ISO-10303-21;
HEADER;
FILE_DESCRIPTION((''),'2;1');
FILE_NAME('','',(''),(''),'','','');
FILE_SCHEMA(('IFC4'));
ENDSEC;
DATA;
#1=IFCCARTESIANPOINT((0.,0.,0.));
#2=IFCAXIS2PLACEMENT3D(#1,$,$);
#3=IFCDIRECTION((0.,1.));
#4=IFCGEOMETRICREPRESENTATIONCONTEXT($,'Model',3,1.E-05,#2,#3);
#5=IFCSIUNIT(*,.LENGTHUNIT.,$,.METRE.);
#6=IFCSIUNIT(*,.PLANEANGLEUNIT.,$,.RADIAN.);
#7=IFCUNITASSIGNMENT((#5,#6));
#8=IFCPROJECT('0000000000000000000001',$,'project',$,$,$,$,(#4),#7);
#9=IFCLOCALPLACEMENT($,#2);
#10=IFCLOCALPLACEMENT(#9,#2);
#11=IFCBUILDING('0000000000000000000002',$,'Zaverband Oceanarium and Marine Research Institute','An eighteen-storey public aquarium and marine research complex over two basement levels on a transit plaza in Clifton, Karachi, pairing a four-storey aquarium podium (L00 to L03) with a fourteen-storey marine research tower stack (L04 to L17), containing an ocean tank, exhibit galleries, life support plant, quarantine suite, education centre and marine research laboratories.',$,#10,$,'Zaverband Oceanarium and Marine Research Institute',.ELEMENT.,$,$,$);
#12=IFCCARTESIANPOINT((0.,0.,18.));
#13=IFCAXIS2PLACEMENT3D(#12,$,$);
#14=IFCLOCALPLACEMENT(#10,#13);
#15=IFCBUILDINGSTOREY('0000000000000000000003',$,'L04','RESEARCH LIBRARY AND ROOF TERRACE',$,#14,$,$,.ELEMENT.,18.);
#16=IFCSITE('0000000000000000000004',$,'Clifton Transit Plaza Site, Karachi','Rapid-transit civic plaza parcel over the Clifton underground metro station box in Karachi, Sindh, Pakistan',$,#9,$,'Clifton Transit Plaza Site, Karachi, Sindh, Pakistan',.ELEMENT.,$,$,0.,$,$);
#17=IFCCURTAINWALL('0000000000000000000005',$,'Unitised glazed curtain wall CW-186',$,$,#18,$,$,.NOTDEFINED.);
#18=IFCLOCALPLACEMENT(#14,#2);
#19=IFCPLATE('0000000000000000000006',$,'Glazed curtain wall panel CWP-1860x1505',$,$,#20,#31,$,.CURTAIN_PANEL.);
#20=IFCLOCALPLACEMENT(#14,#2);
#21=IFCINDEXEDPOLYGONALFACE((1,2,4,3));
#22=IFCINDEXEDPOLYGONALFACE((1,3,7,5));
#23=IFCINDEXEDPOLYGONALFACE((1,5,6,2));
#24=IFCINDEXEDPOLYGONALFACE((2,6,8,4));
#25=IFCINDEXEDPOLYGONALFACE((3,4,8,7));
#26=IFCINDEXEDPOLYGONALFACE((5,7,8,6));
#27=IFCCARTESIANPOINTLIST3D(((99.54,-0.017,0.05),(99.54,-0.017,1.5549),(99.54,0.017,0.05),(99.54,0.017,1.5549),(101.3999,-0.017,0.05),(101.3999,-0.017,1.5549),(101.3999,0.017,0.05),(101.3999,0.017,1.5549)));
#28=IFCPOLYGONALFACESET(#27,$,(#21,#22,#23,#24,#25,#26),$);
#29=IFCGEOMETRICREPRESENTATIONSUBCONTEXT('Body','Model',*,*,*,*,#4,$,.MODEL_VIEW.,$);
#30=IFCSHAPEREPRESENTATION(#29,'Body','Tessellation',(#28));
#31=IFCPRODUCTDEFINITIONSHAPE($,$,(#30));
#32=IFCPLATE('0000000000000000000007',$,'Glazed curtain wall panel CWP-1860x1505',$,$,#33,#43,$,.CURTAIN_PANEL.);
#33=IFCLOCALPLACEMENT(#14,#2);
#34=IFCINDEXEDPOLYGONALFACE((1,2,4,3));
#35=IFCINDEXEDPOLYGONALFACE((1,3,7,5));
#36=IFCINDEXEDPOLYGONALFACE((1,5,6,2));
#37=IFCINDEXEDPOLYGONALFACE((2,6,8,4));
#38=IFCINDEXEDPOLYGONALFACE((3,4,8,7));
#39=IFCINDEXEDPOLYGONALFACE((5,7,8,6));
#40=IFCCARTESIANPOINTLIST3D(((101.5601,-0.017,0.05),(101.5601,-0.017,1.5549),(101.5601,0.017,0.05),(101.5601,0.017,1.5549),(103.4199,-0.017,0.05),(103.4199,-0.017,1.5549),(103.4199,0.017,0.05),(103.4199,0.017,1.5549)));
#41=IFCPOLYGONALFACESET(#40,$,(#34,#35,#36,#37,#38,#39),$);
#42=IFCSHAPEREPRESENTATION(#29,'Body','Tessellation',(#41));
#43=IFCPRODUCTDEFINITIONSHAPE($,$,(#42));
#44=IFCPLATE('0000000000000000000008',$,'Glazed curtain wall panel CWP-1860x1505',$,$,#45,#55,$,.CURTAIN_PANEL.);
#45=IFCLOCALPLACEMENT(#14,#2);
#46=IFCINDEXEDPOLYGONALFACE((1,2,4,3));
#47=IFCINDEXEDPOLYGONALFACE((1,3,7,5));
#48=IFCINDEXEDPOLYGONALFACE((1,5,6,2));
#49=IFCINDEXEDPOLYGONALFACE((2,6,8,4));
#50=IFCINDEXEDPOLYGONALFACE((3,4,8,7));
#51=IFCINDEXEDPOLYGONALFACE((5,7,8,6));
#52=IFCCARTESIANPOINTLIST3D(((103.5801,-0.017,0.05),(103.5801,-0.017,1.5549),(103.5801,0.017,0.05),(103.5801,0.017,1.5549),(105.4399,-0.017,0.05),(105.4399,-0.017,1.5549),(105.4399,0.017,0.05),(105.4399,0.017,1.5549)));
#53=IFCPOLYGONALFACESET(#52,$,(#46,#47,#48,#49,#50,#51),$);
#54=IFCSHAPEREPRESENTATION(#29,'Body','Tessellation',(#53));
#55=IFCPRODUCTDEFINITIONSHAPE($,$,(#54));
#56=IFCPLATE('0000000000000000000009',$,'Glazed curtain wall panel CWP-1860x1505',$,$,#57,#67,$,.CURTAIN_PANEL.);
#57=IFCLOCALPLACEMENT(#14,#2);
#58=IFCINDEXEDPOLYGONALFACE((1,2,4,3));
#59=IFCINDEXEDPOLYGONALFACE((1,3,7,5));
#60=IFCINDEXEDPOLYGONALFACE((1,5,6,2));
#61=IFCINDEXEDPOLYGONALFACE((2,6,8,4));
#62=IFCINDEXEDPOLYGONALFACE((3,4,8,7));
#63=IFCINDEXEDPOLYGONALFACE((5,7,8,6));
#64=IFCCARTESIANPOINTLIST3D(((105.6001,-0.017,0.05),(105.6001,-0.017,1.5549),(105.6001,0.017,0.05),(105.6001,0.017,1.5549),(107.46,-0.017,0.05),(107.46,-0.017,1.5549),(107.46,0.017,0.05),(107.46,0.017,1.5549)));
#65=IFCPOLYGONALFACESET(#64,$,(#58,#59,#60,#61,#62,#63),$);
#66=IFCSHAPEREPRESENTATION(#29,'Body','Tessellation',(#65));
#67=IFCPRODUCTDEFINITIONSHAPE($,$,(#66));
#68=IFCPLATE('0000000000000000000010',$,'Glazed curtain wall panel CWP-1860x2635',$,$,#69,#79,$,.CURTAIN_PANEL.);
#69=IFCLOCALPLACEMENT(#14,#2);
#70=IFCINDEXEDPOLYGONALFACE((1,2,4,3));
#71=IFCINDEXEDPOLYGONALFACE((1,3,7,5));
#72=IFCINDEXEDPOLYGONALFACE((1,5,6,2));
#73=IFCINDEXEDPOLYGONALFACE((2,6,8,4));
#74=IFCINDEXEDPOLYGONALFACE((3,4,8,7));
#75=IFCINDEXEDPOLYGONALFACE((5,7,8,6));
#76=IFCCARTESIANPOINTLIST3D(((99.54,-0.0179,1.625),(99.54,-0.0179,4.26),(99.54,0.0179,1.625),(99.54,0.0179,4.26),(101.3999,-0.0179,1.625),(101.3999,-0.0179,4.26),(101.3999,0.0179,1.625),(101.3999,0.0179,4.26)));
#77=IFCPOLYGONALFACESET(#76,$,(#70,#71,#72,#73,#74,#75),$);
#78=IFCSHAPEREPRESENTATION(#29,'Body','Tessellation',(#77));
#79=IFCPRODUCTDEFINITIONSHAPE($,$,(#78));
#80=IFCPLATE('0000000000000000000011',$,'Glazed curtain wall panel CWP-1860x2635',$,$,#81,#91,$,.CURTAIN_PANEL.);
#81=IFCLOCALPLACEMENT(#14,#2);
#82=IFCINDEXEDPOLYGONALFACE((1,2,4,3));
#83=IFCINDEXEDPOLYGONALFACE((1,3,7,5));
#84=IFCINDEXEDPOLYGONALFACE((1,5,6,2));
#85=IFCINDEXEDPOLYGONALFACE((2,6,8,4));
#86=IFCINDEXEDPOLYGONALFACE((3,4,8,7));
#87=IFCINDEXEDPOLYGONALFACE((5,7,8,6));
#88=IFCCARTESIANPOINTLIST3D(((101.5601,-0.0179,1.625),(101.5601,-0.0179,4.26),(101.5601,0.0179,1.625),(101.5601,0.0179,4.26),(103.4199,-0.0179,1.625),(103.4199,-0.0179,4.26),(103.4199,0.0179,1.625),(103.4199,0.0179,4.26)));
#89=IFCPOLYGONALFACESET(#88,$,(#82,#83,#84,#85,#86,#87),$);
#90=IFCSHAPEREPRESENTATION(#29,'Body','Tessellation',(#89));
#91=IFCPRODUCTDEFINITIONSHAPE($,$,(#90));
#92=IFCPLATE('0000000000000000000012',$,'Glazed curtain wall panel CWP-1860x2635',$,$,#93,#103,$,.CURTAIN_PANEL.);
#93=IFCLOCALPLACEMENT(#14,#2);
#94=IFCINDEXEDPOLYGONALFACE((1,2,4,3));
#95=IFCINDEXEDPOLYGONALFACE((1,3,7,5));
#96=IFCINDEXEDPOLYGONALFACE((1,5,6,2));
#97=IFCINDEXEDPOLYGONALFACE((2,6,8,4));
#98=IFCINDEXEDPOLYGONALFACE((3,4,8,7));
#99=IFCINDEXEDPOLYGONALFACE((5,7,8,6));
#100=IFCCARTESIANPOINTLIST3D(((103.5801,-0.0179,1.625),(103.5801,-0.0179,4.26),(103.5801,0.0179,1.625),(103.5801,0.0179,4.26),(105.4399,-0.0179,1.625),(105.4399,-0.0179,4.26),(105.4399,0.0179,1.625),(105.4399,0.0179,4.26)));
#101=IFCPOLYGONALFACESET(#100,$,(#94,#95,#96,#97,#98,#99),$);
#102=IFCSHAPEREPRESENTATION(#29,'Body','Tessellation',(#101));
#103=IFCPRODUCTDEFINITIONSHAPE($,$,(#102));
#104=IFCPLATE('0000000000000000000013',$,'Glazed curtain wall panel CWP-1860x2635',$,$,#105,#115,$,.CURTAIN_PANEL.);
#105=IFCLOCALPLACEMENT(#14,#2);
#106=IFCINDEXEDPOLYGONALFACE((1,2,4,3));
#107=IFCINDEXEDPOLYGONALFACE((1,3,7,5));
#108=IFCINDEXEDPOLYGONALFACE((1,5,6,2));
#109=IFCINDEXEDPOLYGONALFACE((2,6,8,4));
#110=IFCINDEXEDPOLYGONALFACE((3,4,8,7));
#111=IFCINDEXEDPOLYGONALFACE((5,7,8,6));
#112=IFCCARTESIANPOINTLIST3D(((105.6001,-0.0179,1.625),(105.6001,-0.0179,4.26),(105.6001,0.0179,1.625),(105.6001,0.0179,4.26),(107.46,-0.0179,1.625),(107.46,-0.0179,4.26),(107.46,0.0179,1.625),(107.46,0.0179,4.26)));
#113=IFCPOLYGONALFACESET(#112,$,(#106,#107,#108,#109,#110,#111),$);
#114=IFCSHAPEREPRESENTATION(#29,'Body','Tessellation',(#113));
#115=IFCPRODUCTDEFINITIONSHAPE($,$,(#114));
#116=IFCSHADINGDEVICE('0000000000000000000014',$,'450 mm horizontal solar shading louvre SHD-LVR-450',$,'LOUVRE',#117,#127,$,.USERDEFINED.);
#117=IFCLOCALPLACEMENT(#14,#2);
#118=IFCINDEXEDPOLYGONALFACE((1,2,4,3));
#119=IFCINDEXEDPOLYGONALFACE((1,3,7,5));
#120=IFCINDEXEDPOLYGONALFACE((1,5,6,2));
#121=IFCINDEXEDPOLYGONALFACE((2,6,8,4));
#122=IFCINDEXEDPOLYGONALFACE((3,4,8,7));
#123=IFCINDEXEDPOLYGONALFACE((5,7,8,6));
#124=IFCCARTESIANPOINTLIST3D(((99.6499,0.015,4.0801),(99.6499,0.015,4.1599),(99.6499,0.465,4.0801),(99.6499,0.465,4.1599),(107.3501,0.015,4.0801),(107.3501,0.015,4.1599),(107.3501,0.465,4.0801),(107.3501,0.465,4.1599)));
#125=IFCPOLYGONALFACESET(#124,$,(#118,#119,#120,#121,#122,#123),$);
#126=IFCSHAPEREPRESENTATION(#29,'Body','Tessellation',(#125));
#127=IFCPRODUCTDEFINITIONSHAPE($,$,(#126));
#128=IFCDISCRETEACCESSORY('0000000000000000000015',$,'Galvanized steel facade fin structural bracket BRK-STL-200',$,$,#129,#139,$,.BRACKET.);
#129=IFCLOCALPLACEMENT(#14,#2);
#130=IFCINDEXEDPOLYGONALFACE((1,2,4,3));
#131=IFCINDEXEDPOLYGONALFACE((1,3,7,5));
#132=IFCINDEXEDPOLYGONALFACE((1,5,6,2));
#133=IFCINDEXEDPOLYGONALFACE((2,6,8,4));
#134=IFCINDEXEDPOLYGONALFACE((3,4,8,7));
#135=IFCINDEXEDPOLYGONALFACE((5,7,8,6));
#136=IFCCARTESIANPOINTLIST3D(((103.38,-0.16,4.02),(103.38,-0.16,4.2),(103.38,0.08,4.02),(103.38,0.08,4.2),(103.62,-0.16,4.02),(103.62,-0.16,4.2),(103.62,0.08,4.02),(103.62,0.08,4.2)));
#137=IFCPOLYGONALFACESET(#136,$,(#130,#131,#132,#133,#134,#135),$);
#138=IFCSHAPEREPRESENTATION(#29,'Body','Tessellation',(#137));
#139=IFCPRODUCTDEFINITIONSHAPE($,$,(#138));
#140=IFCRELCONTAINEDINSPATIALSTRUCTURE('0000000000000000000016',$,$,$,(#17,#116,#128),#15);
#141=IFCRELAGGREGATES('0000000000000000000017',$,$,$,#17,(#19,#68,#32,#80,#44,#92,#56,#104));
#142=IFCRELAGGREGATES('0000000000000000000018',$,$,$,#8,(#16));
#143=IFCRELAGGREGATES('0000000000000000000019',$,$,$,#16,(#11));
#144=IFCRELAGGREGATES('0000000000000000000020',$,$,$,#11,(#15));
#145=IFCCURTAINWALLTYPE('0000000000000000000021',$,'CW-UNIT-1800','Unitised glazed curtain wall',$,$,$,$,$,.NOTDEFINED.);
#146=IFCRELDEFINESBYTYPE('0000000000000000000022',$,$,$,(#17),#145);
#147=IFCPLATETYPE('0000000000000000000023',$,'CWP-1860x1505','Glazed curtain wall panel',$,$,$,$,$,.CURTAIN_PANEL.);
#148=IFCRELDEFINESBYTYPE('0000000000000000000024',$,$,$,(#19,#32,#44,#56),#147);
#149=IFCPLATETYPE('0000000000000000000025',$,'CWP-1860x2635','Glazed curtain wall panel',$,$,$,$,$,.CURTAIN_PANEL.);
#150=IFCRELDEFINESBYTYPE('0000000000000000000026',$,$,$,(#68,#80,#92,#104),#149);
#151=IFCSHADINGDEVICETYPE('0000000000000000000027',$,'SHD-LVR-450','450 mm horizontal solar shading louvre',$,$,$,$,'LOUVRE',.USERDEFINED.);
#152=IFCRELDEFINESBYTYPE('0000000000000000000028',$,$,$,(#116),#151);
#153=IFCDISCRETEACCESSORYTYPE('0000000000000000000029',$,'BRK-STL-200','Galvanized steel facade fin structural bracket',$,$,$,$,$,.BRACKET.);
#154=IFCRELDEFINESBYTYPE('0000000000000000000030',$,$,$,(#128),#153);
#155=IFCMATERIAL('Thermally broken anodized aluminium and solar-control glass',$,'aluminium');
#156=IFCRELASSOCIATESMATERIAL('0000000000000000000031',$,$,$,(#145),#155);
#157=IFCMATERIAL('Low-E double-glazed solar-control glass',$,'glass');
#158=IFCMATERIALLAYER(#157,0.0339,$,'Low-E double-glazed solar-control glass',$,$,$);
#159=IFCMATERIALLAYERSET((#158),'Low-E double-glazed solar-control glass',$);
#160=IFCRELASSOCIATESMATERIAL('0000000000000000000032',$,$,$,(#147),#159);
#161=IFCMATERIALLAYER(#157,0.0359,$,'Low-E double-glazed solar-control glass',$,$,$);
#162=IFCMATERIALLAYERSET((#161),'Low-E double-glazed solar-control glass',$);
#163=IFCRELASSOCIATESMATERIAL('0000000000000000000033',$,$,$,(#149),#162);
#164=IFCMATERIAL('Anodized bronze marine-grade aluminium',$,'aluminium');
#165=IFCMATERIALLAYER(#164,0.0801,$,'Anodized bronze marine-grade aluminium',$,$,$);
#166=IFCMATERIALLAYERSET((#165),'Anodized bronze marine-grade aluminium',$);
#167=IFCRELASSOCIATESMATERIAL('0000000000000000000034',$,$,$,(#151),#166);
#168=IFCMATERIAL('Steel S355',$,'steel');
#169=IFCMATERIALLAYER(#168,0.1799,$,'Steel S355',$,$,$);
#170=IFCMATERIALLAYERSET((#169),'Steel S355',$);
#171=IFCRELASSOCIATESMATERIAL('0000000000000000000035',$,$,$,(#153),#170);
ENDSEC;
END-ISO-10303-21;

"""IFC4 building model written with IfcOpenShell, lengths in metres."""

from ifc_helpers import new_model, si_unit, direction, frame, frame_2d, origin, origin_2d, place, context, subcontext, project, spatial, rectangle, extrude, material, layer, layer_set, type_object, element, aggregate, save


model = new_model("IFC4")

# Units and contexts
model_context = context("Model", 3, precision=1e-05, world=origin(), true_north=direction((0.0, 1.0)))
body_context = subcontext(model_context, "Body", "Model", "MODEL_VIEW")
ifc_project = project(units=[si_unit("LENGTHUNIT", "METRE"), si_unit("PLANEANGLEUNIT", "RADIAN")], contexts=[model_context])

# Site, building, storey
site_placement = place(None, origin())
site = spatial("IfcSite", under=ifc_project, at=site_placement, Name="Clifton Transit Plaza Site, Karachi", Description="Rapid-transit civic plaza parcel over the Clifton underground metro station box in Karachi, Sindh, Pakistan", LongName="Clifton Transit Plaza Site, Karachi, Sindh, Pakistan", CompositionType="ELEMENT", RefElevation=0.0)
building_placement = place(site_placement, origin())
building = spatial("IfcBuilding", under=site, at=building_placement, Name="Zaverband Oceanarium and Marine Research Institute", Description="An eighteen-storey public aquarium and marine research complex over two basement levels on a transit plaza in Clifton, Karachi, pairing a four-storey aquarium podium (L00 to L03) with a fourteen-storey marine research tower stack (L04 to L17), containing an ocean tank, exhibit galleries, life support plant, quarantine suite, education centre and marine research laboratories.", LongName="Zaverband Oceanarium and Marine Research Institute", CompositionType="ELEMENT")
storey_placement = place(building_placement, frame((0.0, 0.0, 18.0)))
storey = spatial("IfcBuildingStorey", under=building, at=storey_placement, Name="L04", Description="RESEARCH LIBRARY AND ROOF TERRACE", CompositionType="ELEMENT", Elevation=18.0)

# Curtain wall
ifc_material_1 = material(Name="Thermally broken anodized aluminium and solar-control glass", Category="aluminium")
curtain_wall_type = type_object("IfcCurtainWallType", Name="CW-UNIT-1800", Description="Unitised glazed curtain wall", PredefinedType="NOTDEFINED", material=ifc_material_1)
curtain_wall_1_placement = place(storey_placement, origin())
curtain_wall_1 = element("IfcCurtainWall", 1, at=curtain_wall_1_placement, inside=storey, type_object=curtain_wall_type, Name="Unitised glazed curtain wall CW-186", PredefinedType="NOTDEFINED")

# Shared definitions
ifc_material_2 = material(Name="Steel S355", Category="steel")

# Plates
ifc_material_3 = material(Name="Low-E double-glazed solar-control glass", Category="glass")
ifc_layer_1 = layer(ifc_material_3, 0.0339, Name="Low-E double-glazed solar-control glass")
ifc_layer_set_1 = layer_set([ifc_layer_1], Name="Low-E double-glazed solar-control glass")
plate_type_1 = type_object("IfcPlateType", Name="CWP-1860x1505", Description="Glazed curtain wall panel", PredefinedType="CURTAIN_PANEL", material=ifc_layer_set_1)
plate_1_placement = place(storey_placement, frame((99.54, 0.0, 0.05), z_axis=(0.0, 0.0, 1.0), x_axis=(1.0, 0.0, 0.0)))
plate_1 = element("IfcPlate", 2, at=plate_1_placement, type_object=plate_type_1, Name="Glazed curtain wall panel CWP-1860x1505", PredefinedType="CURTAIN_PANEL", context=body_context, shape_type="SweptSolid", body=[
    extrude(rectangle(XDim=1.8599, YDim=0.0339, at=frame_2d((0.9299, 0.0))), origin(), (0.0, 0.0, 1.0), 1.5049),
])
plate_2_placement = place(storey_placement, frame((101.5601, 0.0, 0.05), z_axis=(0.0, 0.0, 1.0), x_axis=(1.0, 0.0, 0.0)))
plate_2 = element("IfcPlate", 3, at=plate_2_placement, type_object=plate_type_1, Name="Glazed curtain wall panel CWP-1860x1505", PredefinedType="CURTAIN_PANEL", context=body_context, shape_type="SweptSolid", body=[
    extrude(rectangle(XDim=1.8599, YDim=0.0339, at=frame_2d((0.9299, 0.0))), origin(), (0.0, 0.0, 1.0), 1.5049),
])
plate_3_placement = place(storey_placement, frame((103.5801, 0.0, 0.05), z_axis=(0.0, 0.0, 1.0), x_axis=(1.0, 0.0, 0.0)))
plate_3 = element("IfcPlate", 4, at=plate_3_placement, type_object=plate_type_1, Name="Glazed curtain wall panel CWP-1860x1505", PredefinedType="CURTAIN_PANEL", context=body_context, shape_type="SweptSolid", body=[
    extrude(rectangle(XDim=1.8599, YDim=0.0339, at=frame_2d((0.9299, 0.0))), origin(), (0.0, 0.0, 1.0), 1.5049),
])
plate_4_placement = place(storey_placement, frame((105.6001, 0.0, 0.05), z_axis=(0.0, 0.0, 1.0), x_axis=(1.0, 0.0, 0.0)))
plate_4 = element("IfcPlate", 5, at=plate_4_placement, type_object=plate_type_1, Name="Glazed curtain wall panel CWP-1860x1505", PredefinedType="CURTAIN_PANEL", context=body_context, shape_type="SweptSolid", body=[
    extrude(rectangle(XDim=1.8599, YDim=0.0339, at=frame_2d((0.9299, 0.0))), origin(), (0.0, 0.0, 1.0), 1.5049),
])
ifc_layer_2 = layer(ifc_material_3, 0.0359, Name="Low-E double-glazed solar-control glass")
ifc_layer_set_2 = layer_set([ifc_layer_2], Name="Low-E double-glazed solar-control glass")
plate_type_2 = type_object("IfcPlateType", Name="CWP-1860x2635", Description="Glazed curtain wall panel", PredefinedType="CURTAIN_PANEL", material=ifc_layer_set_2)
plate_5_placement = place(storey_placement, frame((99.54, 0.0, 1.625), z_axis=(0.0, 0.0, 1.0), x_axis=(1.0, 0.0, 0.0)))
plate_5 = element("IfcPlate", 6, at=plate_5_placement, type_object=plate_type_2, Name="Glazed curtain wall panel CWP-1860x2635", PredefinedType="CURTAIN_PANEL", context=body_context, shape_type="SweptSolid", body=[
    extrude(rectangle(XDim=1.8599, YDim=0.0359, at=frame_2d((0.9299, 0.0))), origin(), (0.0, 0.0, 1.0), 2.635),
])
plate_6_placement = place(storey_placement, frame((101.5601, 0.0, 1.625), z_axis=(0.0, 0.0, 1.0), x_axis=(1.0, 0.0, 0.0)))
plate_6 = element("IfcPlate", 7, at=plate_6_placement, type_object=plate_type_2, Name="Glazed curtain wall panel CWP-1860x2635", PredefinedType="CURTAIN_PANEL", context=body_context, shape_type="SweptSolid", body=[
    extrude(rectangle(XDim=1.8599, YDim=0.0359, at=frame_2d((0.9299, 0.0))), origin(), (0.0, 0.0, 1.0), 2.635),
])
plate_7_placement = place(storey_placement, frame((103.5801, 0.0, 1.625), z_axis=(0.0, 0.0, 1.0), x_axis=(1.0, 0.0, 0.0)))
plate_7 = element("IfcPlate", 8, at=plate_7_placement, type_object=plate_type_2, Name="Glazed curtain wall panel CWP-1860x2635", PredefinedType="CURTAIN_PANEL", context=body_context, shape_type="SweptSolid", body=[
    extrude(rectangle(XDim=1.8599, YDim=0.0359, at=frame_2d((0.9299, 0.0))), origin(), (0.0, 0.0, 1.0), 2.635),
])
plate_8_placement = place(storey_placement, frame((105.6001, 0.0, 1.625), z_axis=(0.0, 0.0, 1.0), x_axis=(1.0, 0.0, 0.0)))
plate_8 = element("IfcPlate", 9, at=plate_8_placement, type_object=plate_type_2, Name="Glazed curtain wall panel CWP-1860x2635", PredefinedType="CURTAIN_PANEL", context=body_context, shape_type="SweptSolid", body=[
    extrude(rectangle(XDim=1.8599, YDim=0.0359, at=frame_2d((0.9299, 0.0))), origin(), (0.0, 0.0, 1.0), 2.635),
])
aggregate(curtain_wall_1, [plate_1, plate_5, plate_2, plate_6, plate_3, plate_7, plate_4, plate_8])

# Shading device
ifc_material_4 = material(Name="Anodized bronze marine-grade aluminium", Category="aluminium")
ifc_layer_3 = layer(ifc_material_4, 0.0801, Name="Anodized bronze marine-grade aluminium")
ifc_layer_set_3 = layer_set([ifc_layer_3], Name="Anodized bronze marine-grade aluminium")
shading_device_type = type_object("IfcShadingDeviceType", Name="SHD-LVR-450", Description="450 mm horizontal solar shading louvre", ElementType="LOUVRE", PredefinedType="USERDEFINED", material=ifc_layer_set_3)
shading_device_placement = place(storey_placement, frame((99.6499, 0.24, 4.0801), z_axis=(0.0, 0.0, 1.0), x_axis=(1.0, 0.0, 0.0)))
element("IfcShadingDevice", 10, at=shading_device_placement, inside=storey, type_object=shading_device_type, Name="450 mm horizontal solar shading louvre SHD-LVR-450", ObjectType="LOUVRE", PredefinedType="USERDEFINED", context=body_context, shape_type="SweptSolid", body=[
    extrude(rectangle(XDim=7.7002, YDim=0.45, at=frame_2d((3.8501, 0.0))), origin(), (0.0, 0.0, 1.0), 0.0798),
])

# Discrete accessory
ifc_layer_4 = layer(ifc_material_2, 0.1799, Name="Steel S355")
ifc_layer_set_4 = layer_set([ifc_layer_4], Name="Steel S355")
discrete_accessory_type = type_object("IfcDiscreteAccessoryType", Name="BRK-STL-200", Description="Galvanized steel facade fin structural bracket", PredefinedType="BRACKET", material=ifc_layer_set_4)
discrete_accessory_placement = place(storey_placement, frame((103.5, -0.04, 4.02), z_axis=(0.0, 0.0, 1.0), x_axis=(1.0, 0.0, 0.0)))
element("IfcDiscreteAccessory", 11, at=discrete_accessory_placement, inside=storey, type_object=discrete_accessory_type, Name="Galvanized steel facade fin structural bracket BRK-STL-200", PredefinedType="BRACKET", context=body_context, shape_type="SweptSolid", body=[
    extrude(rectangle(XDim=0.24, YDim=0.24, at=origin_2d()), origin(), (0.0, 0.0, 1.0), 0.1799),
])

save(model, "model.ifc")
